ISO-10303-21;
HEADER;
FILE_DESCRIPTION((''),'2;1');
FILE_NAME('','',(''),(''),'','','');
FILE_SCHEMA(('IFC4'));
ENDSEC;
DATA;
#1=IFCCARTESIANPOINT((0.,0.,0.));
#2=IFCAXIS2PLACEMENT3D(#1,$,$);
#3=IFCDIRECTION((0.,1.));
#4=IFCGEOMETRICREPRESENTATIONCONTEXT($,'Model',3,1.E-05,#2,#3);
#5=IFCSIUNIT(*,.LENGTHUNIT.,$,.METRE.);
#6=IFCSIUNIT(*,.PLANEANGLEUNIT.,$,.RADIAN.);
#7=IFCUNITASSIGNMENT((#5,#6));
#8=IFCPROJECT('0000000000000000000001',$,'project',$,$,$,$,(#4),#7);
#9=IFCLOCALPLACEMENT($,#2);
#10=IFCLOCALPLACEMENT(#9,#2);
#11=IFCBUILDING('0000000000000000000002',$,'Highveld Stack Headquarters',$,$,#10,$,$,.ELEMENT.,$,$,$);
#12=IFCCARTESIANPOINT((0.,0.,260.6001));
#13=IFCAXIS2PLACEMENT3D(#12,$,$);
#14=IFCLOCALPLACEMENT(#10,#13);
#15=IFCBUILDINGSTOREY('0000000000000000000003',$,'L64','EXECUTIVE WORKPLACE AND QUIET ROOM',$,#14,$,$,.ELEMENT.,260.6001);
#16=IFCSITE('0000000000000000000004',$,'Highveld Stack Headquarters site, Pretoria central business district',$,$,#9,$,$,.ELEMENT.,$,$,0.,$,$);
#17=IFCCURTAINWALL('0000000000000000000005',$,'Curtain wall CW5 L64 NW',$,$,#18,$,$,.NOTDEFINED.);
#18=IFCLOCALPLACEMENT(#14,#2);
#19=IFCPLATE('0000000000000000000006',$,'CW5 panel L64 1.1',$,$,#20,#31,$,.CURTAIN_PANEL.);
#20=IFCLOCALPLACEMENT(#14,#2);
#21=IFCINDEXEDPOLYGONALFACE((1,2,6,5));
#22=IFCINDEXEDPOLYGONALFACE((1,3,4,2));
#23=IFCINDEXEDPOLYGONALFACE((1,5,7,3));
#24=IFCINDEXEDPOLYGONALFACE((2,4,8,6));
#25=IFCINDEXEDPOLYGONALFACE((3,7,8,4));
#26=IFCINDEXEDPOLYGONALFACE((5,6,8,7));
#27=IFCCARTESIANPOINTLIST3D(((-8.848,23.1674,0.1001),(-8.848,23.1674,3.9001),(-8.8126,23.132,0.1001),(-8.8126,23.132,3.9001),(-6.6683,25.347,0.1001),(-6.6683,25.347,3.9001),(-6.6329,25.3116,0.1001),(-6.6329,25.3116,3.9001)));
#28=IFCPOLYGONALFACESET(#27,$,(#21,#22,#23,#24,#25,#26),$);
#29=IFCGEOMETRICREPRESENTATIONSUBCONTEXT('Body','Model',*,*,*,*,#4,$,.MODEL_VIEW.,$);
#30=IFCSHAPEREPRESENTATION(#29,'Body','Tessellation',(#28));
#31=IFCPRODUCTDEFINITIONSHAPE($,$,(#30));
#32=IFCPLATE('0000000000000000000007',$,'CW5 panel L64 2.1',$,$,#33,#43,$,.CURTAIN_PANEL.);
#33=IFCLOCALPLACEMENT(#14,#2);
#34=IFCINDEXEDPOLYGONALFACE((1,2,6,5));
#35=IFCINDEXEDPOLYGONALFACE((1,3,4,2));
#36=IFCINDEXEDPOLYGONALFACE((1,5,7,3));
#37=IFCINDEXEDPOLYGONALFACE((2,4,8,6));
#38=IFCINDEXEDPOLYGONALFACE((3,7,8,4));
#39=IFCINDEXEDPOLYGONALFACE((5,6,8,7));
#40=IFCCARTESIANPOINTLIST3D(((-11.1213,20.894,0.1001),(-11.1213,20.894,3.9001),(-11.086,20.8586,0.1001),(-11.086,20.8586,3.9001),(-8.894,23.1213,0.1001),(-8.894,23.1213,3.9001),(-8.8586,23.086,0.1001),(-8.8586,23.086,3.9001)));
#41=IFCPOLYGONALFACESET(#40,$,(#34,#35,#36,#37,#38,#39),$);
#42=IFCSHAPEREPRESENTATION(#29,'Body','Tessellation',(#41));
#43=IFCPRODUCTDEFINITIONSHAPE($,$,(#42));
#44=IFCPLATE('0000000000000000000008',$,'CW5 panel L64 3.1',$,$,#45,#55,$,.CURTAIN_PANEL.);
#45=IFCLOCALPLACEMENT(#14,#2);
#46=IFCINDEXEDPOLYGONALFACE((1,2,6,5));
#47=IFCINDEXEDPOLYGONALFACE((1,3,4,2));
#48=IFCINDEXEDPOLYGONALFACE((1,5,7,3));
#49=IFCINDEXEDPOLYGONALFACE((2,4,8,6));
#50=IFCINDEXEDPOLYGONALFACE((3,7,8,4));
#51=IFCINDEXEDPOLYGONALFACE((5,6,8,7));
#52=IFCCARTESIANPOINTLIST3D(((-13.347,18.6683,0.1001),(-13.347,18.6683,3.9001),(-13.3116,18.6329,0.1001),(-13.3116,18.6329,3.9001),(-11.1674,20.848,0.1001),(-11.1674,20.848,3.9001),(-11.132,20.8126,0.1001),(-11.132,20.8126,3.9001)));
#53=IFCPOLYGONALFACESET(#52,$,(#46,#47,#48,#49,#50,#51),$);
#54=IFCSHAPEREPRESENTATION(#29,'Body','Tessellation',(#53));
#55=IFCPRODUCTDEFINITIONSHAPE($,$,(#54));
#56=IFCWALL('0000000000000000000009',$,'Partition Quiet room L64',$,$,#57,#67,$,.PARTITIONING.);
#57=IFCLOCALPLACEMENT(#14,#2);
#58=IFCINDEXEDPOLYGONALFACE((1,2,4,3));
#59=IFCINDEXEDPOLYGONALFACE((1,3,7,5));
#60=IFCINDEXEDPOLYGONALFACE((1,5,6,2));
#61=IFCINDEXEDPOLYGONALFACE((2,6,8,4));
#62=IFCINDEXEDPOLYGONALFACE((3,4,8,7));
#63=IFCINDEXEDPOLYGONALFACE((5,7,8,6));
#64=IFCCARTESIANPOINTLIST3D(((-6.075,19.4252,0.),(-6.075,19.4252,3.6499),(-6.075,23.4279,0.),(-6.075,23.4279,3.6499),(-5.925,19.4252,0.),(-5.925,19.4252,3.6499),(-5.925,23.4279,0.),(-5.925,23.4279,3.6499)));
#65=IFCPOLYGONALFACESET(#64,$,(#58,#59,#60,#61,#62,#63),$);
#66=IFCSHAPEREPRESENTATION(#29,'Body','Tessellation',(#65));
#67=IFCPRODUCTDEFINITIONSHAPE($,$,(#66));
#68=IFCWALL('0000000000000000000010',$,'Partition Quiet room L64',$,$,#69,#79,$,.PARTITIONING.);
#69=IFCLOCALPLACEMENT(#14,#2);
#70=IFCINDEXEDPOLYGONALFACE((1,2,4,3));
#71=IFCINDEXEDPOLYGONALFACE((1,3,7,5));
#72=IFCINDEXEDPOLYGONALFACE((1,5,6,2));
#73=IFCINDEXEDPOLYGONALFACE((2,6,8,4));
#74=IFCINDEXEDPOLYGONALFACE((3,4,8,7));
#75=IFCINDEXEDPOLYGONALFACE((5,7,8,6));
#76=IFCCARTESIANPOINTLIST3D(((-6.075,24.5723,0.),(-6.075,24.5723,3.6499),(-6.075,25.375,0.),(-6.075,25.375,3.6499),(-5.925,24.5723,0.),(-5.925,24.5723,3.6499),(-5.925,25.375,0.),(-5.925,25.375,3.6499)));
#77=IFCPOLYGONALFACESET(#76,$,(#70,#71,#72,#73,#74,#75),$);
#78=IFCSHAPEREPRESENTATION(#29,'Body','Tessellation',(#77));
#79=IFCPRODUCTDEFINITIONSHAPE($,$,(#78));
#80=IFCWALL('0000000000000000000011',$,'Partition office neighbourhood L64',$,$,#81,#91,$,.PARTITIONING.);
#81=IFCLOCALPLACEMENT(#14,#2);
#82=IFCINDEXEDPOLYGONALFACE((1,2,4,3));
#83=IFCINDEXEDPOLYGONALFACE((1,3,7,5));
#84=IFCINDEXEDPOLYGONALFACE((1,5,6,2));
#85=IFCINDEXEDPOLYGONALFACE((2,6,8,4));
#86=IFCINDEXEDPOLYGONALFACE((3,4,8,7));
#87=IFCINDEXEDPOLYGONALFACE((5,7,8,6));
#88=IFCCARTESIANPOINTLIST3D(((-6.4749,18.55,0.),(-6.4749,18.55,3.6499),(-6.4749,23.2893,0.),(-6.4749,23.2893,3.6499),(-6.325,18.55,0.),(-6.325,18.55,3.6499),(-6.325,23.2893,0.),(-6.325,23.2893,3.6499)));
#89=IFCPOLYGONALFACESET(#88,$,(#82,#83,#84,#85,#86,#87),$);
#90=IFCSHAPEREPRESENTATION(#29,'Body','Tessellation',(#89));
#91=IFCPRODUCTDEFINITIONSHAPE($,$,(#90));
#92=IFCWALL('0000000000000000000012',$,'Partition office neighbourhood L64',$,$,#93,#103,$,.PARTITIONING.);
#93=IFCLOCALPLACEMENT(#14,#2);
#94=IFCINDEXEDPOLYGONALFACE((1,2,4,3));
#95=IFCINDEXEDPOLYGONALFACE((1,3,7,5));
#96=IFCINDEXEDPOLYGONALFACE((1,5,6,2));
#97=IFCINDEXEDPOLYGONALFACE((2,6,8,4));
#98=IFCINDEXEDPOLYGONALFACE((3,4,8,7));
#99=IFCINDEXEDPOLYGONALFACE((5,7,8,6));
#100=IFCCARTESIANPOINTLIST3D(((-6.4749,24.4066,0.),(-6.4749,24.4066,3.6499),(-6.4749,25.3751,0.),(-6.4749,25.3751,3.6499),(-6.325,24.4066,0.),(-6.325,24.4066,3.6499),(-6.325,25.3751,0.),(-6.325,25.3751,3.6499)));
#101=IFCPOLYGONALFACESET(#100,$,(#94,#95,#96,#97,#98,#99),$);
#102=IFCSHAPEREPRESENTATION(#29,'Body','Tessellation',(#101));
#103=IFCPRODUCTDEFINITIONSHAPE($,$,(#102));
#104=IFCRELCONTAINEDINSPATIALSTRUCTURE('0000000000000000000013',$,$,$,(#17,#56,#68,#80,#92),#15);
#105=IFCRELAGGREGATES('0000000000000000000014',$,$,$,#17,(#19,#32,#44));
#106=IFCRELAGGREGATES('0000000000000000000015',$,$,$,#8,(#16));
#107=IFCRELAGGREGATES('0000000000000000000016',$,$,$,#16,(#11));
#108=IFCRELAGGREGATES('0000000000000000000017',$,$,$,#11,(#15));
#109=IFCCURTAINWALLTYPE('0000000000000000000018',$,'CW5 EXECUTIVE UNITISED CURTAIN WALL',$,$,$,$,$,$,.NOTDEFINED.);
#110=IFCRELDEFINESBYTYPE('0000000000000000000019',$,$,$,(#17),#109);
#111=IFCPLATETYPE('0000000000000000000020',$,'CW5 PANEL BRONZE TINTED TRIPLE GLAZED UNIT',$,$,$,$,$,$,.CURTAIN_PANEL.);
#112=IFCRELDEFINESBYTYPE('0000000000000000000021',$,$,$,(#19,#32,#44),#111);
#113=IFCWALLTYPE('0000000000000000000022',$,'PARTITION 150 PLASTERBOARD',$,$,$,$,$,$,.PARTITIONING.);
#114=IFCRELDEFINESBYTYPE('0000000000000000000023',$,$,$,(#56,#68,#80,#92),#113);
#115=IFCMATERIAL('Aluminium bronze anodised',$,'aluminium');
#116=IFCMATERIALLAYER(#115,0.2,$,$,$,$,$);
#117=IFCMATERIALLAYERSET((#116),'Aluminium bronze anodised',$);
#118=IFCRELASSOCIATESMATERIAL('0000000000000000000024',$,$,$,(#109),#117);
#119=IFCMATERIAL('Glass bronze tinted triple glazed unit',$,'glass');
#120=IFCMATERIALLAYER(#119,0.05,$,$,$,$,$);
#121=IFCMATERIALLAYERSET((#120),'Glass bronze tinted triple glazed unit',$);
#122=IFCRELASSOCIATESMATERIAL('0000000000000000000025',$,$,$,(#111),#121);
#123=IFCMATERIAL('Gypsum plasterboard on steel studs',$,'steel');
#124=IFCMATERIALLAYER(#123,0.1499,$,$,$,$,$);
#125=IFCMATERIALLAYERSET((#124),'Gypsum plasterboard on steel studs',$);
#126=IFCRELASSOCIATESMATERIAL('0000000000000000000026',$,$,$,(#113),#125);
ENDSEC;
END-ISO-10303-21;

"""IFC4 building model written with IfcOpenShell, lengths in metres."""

from ifc_helpers import new_model, si_unit, direction, frame, frame_2d, origin, origin_2d, place, context, subcontext, project, spatial, rectangle, extrude, material, layer, layer_set, type_object, element, aggregate, save


model = new_model("IFC4")

# Units and contexts
model_context = context("Model", 3, precision=1e-05, world=origin(), true_north=direction((0.0, 1.0)))
body_context = subcontext(model_context, "Body", "Model", "MODEL_VIEW")
ifc_project = project(units=[si_unit("LENGTHUNIT", "METRE"), si_unit("PLANEANGLEUNIT", "RADIAN")], contexts=[model_context])

# Site, building, storey
site_placement = place(None, origin())
site = spatial("IfcSite", under=ifc_project, at=site_placement, Name="Highveld Stack Headquarters site, Pretoria central business district", CompositionType="ELEMENT", RefElevation=0.0)
building_placement = place(site_placement, origin())
building = spatial("IfcBuilding", under=site, at=building_placement, Name="Highveld Stack Headquarters", CompositionType="ELEMENT")
storey_placement = place(building_placement, frame((0.0, 0.0, 260.6001)))
storey = spatial("IfcBuildingStorey", under=building, at=storey_placement, Name="L64", Description="EXECUTIVE WORKPLACE AND QUIET ROOM", CompositionType="ELEMENT", Elevation=260.6001)

# Shared definitions
ifc_material_1 = material(Name="Aluminium bronze anodised", Category="aluminium")
ifc_layer_1 = layer(ifc_material_1, 0.2)
ifc_layer_set_1 = layer_set([ifc_layer_1], Name="Aluminium bronze anodised")
curtain_wall_type = type_object("IfcCurtainWallType", Name="CW5 EXECUTIVE UNITISED CURTAIN WALL", PredefinedType="NOTDEFINED", material=ifc_layer_set_1)

# Curtain wall
curtain_wall_1_placement = place(storey_placement, origin())
curtain_wall_1 = element("IfcCurtainWall", 1, at=curtain_wall_1_placement, inside=storey, type_object=curtain_wall_type, Name="Curtain wall CW5 L64 NW", PredefinedType="NOTDEFINED")

# Plates
ifc_material_2 = material(Name="Glass bronze tinted triple glazed unit", Category="glass")
ifc_layer_2 = layer(ifc_material_2, 0.05)
ifc_layer_set_2 = layer_set([ifc_layer_2], Name="Glass bronze tinted triple glazed unit")
plate_type = type_object("IfcPlateType", Name="CW5 PANEL BRONZE TINTED TRIPLE GLAZED UNIT", PredefinedType="CURTAIN_PANEL", material=ifc_layer_set_2)
plate_1_placement = place(storey_placement, frame((-7.7405, 24.2395, 0.1001), z_axis=(0.0, 0.0, 1.0), x_axis=(-0.707107, -0.707107, 0.0)))
plate_1 = element("IfcPlate", 2, at=plate_1_placement, type_object=plate_type, Name="CW5 panel L64 1.1", PredefinedType="CURTAIN_PANEL", context=body_context, shape_type="SweptSolid", body=[
    extrude(rectangle(XDim=3.0825, YDim=0.05, at=origin_2d()), origin(), (0.0, 0.0, 1.0), 3.8),
])
plate_2_placement = place(storey_placement, frame((-9.99, 21.99, 0.1001), z_axis=(0.0, 0.0, 1.0), x_axis=(-0.707107, -0.707107, 0.0)))
plate_2 = element("IfcPlate", 3, at=plate_2_placement, type_object=plate_type, Name="CW5 panel L64 2.1", PredefinedType="CURTAIN_PANEL", context=body_context, shape_type="SweptSolid", body=[
    extrude(rectangle(XDim=3.1499, YDim=0.05, at=origin_2d()), origin(), (0.0, 0.0, 1.0), 3.8),
])
plate_3_placement = place(storey_placement, frame((-12.2395, 19.7405, 0.1001), z_axis=(0.0, 0.0, 1.0), x_axis=(-0.707107, -0.707107, 0.0)))
plate_3 = element("IfcPlate", 4, at=plate_3_placement, type_object=plate_type, Name="CW5 panel L64 3.1", PredefinedType="CURTAIN_PANEL", context=body_context, shape_type="SweptSolid", body=[
    extrude(rectangle(XDim=3.0825, YDim=0.05, at=origin_2d()), origin(), (0.0, 0.0, 1.0), 3.8),
])
aggregate(curtain_wall_1, [plate_1, plate_2, plate_3])

# Walls
ifc_material_3 = material(Name="Gypsum plasterboard on steel studs", Category="steel")
ifc_layer_3 = layer(ifc_material_3, 0.1499)
ifc_layer_set_3 = layer_set([ifc_layer_3], Name="Gypsum plasterboard on steel studs")
wall_type = type_object("IfcWallType", Name="PARTITION 150 PLASTERBOARD", PredefinedType="PARTITIONING", material=ifc_layer_set_3)
wall_1_placement = place(storey_placement, frame((-6.0, 19.425, 0.0), z_axis=(0.0, 0.0, 1.0), x_axis=(0.0, 1.0, 0.0)))
element("IfcWall", 5, at=wall_1_placement, inside=storey, type_object=wall_type, Name="Partition Quiet room L64", PredefinedType="PARTITIONING", context=body_context, shape_type="SweptSolid", body=[
    extrude(rectangle(XDim=4.0027, YDim=0.1499, at=frame_2d((2.0015, 0.0))), origin(), (0.0, 0.0, 1.0), 3.6499),
])
wall_2_placement = place(storey_placement, frame((-6.0, 24.5723, 0.0), z_axis=(0.0, 0.0, 1.0), x_axis=(0.0, 1.0, 0.0)))
element("IfcWall", 6, at=wall_2_placement, inside=storey, type_object=wall_type, Name="Partition Quiet room L64", PredefinedType="PARTITIONING", context=body_context, shape_type="SweptSolid", body=[
    extrude(rectangle(XDim=0.8027, YDim=0.1499, at=frame_2d((0.4014, 0.0))), origin(), (0.0, 0.0, 1.0), 3.6499),
])
wall_3_placement = place(storey_placement, frame((-6.3999, 18.55, 0.0), z_axis=(0.0, 0.0, 1.0), x_axis=(0.0, 1.0, 0.0)))
element("IfcWall", 7, at=wall_3_placement, inside=storey, type_object=wall_type, Name="Partition office neighbourhood L64", PredefinedType="PARTITIONING", context=body_context, shape_type="SweptSolid", body=[
    extrude(rectangle(XDim=4.7393, YDim=0.1499, at=frame_2d((2.3696, 0.0))), origin(), (0.0, 0.0, 1.0), 3.6499),
])
wall_4_placement = place(storey_placement, frame((-6.3999, 24.4065, 0.0), z_axis=(0.0, 0.0, 1.0), x_axis=(0.0, 1.0, 0.0)))
element("IfcWall", 8, at=wall_4_placement, inside=storey, type_object=wall_type, Name="Partition office neighbourhood L64", PredefinedType="PARTITIONING", context=body_context, shape_type="SweptSolid", body=[
    extrude(rectangle(XDim=0.9685, YDim=0.1499, at=frame_2d((0.4844, 0.0))), origin(), (0.0, 0.0, 1.0), 3.6499),
])

save(model, "model.ifc")
